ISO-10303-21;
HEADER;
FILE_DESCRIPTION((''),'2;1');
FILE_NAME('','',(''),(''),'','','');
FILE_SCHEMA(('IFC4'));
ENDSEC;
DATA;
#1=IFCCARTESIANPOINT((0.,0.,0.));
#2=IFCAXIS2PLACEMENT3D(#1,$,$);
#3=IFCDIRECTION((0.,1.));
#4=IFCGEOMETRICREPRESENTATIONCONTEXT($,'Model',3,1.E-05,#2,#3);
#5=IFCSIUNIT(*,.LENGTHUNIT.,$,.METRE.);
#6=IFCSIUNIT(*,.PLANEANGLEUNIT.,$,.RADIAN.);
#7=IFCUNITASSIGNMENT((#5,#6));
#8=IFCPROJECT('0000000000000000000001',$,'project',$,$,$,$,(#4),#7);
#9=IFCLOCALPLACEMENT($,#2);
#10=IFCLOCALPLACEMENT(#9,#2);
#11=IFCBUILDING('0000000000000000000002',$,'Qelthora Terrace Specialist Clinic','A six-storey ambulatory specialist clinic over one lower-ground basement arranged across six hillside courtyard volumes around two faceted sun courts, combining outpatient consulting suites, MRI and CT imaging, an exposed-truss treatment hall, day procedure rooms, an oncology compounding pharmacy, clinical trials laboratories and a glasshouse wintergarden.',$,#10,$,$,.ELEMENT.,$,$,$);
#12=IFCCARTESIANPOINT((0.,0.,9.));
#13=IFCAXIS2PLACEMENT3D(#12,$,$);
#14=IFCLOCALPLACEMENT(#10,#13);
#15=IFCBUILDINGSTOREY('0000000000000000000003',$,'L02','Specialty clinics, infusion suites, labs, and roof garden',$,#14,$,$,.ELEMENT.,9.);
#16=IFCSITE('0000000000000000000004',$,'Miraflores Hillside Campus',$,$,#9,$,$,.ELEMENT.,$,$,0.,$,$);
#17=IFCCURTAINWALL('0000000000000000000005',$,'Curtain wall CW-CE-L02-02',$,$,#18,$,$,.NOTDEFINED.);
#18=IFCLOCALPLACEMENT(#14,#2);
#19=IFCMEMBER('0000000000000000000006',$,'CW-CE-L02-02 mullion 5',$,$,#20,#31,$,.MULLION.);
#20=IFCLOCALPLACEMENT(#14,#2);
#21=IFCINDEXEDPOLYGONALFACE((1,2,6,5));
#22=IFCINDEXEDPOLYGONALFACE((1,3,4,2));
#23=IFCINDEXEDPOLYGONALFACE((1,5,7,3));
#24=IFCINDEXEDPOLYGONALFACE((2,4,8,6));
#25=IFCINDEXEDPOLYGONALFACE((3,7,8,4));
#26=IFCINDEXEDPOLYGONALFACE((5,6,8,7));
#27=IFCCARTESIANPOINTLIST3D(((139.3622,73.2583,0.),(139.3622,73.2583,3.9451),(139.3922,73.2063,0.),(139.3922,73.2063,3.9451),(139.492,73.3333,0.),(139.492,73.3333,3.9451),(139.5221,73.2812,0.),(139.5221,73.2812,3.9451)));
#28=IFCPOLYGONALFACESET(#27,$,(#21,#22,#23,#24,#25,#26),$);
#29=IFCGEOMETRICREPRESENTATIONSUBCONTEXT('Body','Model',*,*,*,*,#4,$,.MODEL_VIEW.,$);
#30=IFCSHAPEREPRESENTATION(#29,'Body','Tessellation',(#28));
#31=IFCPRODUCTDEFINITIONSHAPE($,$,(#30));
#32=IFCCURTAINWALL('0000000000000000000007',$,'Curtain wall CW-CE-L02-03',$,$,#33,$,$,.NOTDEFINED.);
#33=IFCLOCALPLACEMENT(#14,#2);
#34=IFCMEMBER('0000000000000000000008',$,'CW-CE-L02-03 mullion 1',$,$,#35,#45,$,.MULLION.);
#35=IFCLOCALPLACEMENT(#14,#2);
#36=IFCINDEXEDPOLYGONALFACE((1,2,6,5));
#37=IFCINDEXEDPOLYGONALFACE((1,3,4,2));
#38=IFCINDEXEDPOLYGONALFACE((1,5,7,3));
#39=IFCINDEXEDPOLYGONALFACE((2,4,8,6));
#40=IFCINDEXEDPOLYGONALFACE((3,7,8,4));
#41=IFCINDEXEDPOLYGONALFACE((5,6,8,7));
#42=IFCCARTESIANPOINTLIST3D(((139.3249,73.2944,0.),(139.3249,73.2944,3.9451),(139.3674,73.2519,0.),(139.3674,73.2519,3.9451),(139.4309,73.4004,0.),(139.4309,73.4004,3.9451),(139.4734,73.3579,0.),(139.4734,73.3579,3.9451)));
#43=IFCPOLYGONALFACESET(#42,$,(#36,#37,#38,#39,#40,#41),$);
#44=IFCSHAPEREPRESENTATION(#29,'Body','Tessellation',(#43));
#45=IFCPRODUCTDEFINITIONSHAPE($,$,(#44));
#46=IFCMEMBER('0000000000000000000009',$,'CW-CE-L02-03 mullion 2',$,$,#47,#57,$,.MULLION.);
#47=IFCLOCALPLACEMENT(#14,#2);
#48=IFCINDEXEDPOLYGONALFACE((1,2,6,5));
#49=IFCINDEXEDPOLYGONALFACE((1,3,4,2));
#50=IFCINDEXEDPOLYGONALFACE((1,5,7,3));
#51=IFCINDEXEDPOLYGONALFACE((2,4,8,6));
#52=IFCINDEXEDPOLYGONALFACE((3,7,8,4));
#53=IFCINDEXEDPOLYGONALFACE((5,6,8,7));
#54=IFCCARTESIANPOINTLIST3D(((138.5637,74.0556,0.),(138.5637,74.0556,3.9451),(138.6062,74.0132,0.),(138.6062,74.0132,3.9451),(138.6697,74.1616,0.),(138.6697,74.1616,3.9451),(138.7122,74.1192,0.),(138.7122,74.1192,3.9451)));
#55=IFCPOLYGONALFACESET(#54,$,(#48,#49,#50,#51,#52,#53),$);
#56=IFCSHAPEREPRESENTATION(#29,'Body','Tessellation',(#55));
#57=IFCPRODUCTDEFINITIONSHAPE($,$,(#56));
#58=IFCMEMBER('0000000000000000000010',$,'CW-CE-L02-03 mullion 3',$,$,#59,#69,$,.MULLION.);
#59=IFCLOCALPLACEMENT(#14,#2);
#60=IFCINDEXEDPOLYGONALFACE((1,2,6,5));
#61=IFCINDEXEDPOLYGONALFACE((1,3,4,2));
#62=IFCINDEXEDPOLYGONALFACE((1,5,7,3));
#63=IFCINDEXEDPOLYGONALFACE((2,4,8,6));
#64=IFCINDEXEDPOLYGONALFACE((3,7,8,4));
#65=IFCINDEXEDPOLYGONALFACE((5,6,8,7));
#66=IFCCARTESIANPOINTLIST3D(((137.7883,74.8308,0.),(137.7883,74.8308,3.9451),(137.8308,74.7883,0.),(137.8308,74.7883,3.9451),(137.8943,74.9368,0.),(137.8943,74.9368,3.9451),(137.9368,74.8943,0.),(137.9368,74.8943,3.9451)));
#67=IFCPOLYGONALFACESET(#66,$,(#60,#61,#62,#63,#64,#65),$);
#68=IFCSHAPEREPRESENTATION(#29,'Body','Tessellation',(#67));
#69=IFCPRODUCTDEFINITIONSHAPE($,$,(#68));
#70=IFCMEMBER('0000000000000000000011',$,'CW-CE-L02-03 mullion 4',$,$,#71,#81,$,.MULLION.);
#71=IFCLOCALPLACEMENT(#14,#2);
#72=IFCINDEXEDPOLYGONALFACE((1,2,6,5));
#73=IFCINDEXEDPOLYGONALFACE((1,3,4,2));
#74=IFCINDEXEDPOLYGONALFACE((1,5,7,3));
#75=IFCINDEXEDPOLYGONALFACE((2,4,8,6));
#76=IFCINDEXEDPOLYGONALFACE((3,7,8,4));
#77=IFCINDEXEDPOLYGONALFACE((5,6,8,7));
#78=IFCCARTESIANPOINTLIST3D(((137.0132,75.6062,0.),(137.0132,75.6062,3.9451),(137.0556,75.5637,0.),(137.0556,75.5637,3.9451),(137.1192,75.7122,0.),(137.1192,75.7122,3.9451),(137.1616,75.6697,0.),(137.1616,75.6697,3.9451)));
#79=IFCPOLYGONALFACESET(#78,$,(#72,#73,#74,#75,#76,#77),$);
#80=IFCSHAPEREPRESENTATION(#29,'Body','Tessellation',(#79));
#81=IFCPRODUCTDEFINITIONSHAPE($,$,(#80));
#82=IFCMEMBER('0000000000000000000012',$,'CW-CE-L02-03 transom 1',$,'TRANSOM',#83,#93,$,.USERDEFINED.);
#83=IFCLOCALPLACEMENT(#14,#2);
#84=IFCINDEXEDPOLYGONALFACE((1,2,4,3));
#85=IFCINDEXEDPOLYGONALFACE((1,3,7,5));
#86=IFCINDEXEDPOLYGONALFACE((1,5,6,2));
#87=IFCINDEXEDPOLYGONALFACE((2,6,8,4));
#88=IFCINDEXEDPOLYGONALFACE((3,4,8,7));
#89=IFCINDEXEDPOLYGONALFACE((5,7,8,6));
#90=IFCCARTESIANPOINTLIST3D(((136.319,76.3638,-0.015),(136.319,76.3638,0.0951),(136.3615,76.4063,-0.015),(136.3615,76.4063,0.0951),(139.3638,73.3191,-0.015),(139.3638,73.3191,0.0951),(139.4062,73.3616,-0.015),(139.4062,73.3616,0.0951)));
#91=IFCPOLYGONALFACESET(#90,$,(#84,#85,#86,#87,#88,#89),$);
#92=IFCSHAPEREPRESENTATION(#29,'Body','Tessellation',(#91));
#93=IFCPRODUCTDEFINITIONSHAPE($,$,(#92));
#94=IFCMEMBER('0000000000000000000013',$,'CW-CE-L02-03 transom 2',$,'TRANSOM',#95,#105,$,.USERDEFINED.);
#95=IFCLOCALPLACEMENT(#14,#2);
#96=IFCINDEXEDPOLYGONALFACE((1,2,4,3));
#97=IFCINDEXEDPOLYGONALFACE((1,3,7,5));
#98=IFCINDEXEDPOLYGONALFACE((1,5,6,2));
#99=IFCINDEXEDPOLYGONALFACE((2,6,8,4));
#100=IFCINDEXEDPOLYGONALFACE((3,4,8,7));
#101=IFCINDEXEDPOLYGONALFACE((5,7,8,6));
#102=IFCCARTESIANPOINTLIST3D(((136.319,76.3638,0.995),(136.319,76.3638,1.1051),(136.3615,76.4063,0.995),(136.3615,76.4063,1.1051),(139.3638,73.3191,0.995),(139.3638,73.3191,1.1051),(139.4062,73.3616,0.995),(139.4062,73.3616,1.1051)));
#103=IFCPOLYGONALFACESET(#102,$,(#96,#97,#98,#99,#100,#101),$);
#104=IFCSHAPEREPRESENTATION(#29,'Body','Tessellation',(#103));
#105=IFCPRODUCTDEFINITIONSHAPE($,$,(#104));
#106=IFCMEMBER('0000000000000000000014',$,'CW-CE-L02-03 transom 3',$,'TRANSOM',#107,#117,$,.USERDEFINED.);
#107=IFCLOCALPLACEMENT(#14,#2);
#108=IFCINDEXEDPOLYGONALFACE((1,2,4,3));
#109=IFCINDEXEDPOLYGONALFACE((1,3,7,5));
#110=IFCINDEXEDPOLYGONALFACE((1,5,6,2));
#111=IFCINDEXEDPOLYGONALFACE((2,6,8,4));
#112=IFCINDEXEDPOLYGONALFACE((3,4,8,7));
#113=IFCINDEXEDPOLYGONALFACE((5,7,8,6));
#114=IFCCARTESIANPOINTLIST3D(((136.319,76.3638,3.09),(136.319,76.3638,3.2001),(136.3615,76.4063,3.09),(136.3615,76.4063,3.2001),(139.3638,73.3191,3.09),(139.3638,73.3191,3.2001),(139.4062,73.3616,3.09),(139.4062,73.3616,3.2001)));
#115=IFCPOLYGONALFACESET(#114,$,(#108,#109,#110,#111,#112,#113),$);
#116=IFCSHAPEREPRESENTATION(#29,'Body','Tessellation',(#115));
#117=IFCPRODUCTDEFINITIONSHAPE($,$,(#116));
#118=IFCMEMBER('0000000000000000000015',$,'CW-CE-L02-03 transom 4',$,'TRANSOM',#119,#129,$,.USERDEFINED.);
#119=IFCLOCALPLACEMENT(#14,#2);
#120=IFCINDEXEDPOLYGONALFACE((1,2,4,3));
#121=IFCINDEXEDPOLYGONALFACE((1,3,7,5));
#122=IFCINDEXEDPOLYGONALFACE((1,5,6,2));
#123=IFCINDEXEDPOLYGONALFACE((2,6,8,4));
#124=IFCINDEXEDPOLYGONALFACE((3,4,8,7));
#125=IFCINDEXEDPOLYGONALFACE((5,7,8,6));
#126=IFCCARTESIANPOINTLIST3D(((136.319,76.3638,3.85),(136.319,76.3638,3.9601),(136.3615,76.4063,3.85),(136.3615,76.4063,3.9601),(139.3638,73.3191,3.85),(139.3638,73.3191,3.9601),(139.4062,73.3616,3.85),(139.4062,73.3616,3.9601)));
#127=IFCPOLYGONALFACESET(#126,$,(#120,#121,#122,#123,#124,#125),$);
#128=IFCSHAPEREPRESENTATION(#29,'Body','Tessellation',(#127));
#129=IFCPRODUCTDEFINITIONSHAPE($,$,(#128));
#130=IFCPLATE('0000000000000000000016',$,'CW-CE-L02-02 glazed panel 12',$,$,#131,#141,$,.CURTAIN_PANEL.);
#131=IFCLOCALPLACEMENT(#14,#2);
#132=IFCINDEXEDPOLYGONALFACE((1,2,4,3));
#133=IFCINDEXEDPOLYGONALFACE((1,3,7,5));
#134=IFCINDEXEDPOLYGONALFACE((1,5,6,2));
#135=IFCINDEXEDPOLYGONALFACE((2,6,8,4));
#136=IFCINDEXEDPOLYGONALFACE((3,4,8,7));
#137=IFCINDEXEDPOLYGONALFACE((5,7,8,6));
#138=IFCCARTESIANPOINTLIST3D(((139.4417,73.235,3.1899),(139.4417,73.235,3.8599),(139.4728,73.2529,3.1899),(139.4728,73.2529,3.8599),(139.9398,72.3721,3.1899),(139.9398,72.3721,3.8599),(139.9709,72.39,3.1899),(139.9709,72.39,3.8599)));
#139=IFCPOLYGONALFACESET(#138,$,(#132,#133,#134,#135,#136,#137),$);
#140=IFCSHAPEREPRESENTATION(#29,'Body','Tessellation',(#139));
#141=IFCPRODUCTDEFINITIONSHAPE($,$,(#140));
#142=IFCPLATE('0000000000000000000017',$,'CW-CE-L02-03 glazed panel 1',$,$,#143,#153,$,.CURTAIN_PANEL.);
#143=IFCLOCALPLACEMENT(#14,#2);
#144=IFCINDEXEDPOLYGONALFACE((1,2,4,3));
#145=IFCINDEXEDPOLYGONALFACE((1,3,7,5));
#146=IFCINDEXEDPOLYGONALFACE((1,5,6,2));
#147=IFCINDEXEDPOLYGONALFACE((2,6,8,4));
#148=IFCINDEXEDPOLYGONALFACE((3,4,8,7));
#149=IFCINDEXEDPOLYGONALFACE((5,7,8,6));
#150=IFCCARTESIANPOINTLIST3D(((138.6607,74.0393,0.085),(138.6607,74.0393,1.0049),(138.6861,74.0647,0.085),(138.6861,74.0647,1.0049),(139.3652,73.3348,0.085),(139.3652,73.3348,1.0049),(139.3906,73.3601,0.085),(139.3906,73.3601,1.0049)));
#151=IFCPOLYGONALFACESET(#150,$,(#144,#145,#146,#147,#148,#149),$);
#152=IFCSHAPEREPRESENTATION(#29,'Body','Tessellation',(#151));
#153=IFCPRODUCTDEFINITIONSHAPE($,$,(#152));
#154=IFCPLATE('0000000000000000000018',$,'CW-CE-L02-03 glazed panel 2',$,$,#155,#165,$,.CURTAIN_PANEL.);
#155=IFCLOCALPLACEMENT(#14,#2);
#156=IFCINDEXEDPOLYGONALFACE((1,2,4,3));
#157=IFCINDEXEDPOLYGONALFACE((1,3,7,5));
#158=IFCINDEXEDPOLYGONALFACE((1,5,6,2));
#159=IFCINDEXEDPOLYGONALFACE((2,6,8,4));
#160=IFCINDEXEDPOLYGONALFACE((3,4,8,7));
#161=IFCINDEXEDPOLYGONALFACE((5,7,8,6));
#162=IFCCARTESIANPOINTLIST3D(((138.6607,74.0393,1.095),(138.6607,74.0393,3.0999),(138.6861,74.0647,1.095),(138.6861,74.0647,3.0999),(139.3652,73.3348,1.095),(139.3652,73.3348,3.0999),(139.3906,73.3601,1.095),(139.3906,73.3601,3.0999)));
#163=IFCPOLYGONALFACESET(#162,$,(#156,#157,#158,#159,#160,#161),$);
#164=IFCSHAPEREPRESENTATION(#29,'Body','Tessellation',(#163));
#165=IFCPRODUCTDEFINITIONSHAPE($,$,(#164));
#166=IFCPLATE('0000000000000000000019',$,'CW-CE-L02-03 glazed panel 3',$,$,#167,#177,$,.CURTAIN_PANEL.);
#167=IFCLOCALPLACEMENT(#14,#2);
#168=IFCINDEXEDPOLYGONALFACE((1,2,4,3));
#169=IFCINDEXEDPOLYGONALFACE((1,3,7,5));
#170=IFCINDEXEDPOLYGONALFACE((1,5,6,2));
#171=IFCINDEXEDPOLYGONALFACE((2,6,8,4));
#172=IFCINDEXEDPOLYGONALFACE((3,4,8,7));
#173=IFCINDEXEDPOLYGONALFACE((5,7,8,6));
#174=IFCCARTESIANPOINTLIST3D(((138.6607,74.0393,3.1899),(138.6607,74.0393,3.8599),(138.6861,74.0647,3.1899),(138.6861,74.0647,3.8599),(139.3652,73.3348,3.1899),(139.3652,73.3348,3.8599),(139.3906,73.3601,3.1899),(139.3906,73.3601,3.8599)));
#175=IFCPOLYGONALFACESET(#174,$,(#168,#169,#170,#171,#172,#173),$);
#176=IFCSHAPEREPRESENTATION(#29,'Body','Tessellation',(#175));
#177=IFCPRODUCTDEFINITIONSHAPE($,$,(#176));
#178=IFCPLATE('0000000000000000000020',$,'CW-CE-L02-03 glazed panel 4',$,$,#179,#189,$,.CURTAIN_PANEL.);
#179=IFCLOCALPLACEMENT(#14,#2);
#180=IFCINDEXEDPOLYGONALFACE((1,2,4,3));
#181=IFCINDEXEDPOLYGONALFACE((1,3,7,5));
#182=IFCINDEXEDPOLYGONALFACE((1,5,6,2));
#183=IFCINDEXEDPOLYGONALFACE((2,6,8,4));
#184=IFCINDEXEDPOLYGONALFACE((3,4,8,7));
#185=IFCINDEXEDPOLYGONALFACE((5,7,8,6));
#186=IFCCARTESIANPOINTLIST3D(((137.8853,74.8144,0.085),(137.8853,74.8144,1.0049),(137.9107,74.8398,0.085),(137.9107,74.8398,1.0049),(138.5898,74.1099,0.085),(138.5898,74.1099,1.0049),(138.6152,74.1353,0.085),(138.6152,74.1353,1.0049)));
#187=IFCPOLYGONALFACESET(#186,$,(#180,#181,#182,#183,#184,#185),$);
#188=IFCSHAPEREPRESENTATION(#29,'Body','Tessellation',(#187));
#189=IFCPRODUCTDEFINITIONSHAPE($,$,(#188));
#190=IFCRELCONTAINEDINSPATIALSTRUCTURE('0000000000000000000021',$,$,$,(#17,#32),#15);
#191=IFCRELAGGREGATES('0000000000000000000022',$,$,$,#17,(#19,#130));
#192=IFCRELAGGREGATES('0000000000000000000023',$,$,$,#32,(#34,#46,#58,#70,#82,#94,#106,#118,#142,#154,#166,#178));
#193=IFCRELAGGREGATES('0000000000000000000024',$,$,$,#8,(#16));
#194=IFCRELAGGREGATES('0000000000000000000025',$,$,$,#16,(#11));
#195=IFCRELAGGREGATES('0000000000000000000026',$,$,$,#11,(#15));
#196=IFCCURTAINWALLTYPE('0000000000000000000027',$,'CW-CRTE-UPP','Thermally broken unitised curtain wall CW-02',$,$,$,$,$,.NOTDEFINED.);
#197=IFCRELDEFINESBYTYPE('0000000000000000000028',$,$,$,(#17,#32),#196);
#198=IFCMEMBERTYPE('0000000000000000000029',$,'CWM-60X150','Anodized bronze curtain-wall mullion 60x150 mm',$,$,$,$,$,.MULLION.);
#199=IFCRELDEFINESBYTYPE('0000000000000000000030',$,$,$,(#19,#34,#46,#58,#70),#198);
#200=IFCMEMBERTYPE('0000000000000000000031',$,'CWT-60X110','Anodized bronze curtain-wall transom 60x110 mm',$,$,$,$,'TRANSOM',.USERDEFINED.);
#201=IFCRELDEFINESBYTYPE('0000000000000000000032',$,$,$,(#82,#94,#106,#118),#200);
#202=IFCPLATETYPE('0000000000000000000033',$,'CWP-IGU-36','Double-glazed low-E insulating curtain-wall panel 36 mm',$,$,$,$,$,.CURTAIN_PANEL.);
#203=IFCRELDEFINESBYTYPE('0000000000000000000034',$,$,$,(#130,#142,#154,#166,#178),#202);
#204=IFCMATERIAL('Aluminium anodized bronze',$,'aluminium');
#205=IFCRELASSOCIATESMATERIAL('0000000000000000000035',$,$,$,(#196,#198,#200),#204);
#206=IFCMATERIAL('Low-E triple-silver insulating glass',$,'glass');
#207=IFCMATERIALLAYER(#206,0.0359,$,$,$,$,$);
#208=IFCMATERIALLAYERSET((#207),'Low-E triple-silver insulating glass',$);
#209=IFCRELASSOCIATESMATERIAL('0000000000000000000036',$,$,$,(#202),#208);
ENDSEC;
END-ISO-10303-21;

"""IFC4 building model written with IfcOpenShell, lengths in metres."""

from ifc_helpers import new_model, si_unit, direction, frame, origin, origin_2d, place, context, subcontext, project, spatial, rectangle, extrude, material, layer, layer_set, material_profile, profile_set, type_object, element, aggregate, save


model = new_model("IFC4")

# Units and contexts
model_context = context("Model", 3, precision=1e-05, world=origin(), true_north=direction((0.0, 1.0)))
body_context = subcontext(model_context, "Body", "Model", "MODEL_VIEW")
ifc_project = project(units=[si_unit("LENGTHUNIT", "METRE"), si_unit("PLANEANGLEUNIT", "RADIAN")], contexts=[model_context])

# Site, building, storey
site_placement = place(None, origin())
site = spatial("IfcSite", under=ifc_project, at=site_placement, Name="Miraflores Hillside Campus", CompositionType="ELEMENT", RefElevation=0.0)
building_placement = place(site_placement, origin())
building = spatial("IfcBuilding", under=site, at=building_placement, Name="Qelthora Terrace Specialist Clinic", Description="A six-storey ambulatory specialist clinic over one lower-ground basement arranged across six hillside courtyard volumes around two faceted sun courts, combining outpatient consulting suites, MRI and CT imaging, an exposed-truss treatment hall, day procedure rooms, an oncology compounding pharmacy, clinical trials laboratories and a glasshouse wintergarden.", CompositionType="ELEMENT")
storey_placement = place(building_placement, frame((0.0, 0.0, 9.0)))
storey = spatial("IfcBuildingStorey", under=building, at=storey_placement, Name="L02", Description="Specialty clinics, infusion suites, labs, and roof garden", CompositionType="ELEMENT", Elevation=9.0)

# Curtain wall, member
ifc_material_1 = material(Name="Aluminium anodized bronze", Category="aluminium")
curtain_wall_type = type_object("IfcCurtainWallType", Name="CW-CRTE-UPP", Description="Thermally broken unitised curtain wall CW-02", PredefinedType="NOTDEFINED", material=ifc_material_1)
curtain_wall_1_placement = place(storey_placement, origin())
curtain_wall_1 = element("IfcCurtainWall", 1, at=curtain_wall_1_placement, inside=storey, type_object=curtain_wall_type, Name="Curtain wall CW-CE-L02-02", PredefinedType="NOTDEFINED")
ifc_material_profile_1 = material_profile(ifc_material_1, rectangle(XDim=0.0601, YDim=0.1499, at=origin_2d()), Name="CWM60X150")
ifc_profile_set_1 = profile_set([ifc_material_profile_1], Name="Aluminium anodized bronze")
member_type_1 = type_object("IfcMemberType", Name="CWM-60X150", Description="Anodized bronze curtain-wall mullion 60x150 mm", PredefinedType="MULLION", material=ifc_profile_set_1)
member_1_placement = place(storey_placement, frame((139.4421, 73.2698, 0.0), z_axis=(0.0, 0.0, 1.0), x_axis=(-0.5, 0.866025, 0.0)))
member_1 = element("IfcMember", 2, at=member_1_placement, type_object=member_type_1, Name="CW-CE-L02-02 mullion 5", PredefinedType="MULLION", context=body_context, shape_type="SweptSolid", body=[
    extrude(rectangle(XDim=0.0601, YDim=0.1499, at=origin_2d()), origin(), (0.0, 0.0, 1.0), 3.9451),
])

# Curtain wall, members
curtain_wall_2_placement = place(storey_placement, origin())
curtain_wall_2 = element("IfcCurtainWall", 3, at=curtain_wall_2_placement, inside=storey, type_object=curtain_wall_type, Name="Curtain wall CW-CE-L02-03", PredefinedType="NOTDEFINED")
member_2_placement = place(storey_placement, frame((139.3992, 73.3262, 0.0), z_axis=(0.0, 0.0, 1.0), x_axis=(-0.707107, 0.707107, 0.0)))
member_2 = element("IfcMember", 4, at=member_2_placement, type_object=member_type_1, Name="CW-CE-L02-03 mullion 1", PredefinedType="MULLION", context=body_context, shape_type="SweptSolid", body=[
    extrude(rectangle(XDim=0.0601, YDim=0.1499, at=origin_2d()), origin(), (0.0, 0.0, 1.0), 3.9451),
])
member_3_placement = place(storey_placement, frame((138.6379, 74.0874, 0.0), z_axis=(0.0, 0.0, 1.0), x_axis=(-0.707107, 0.707107, 0.0)))
member_3 = element("IfcMember", 5, at=member_3_placement, type_object=member_type_1, Name="CW-CE-L02-03 mullion 2", PredefinedType="MULLION", context=body_context, shape_type="SweptSolid", body=[
    extrude(rectangle(XDim=0.0601, YDim=0.1499, at=origin_2d()), origin(), (0.0, 0.0, 1.0), 3.9451),
])
member_4_placement = place(storey_placement, frame((137.8625, 74.8625, 0.0), z_axis=(0.0, 0.0, 1.0), x_axis=(-0.707107, 0.707107, 0.0)))
member_4 = element("IfcMember", 6, at=member_4_placement, type_object=member_type_1, Name="CW-CE-L02-03 mullion 3", PredefinedType="MULLION", context=body_context, shape_type="SweptSolid", body=[
    extrude(rectangle(XDim=0.0601, YDim=0.1499, at=origin_2d()), origin(), (0.0, 0.0, 1.0), 3.9451),
])
member_5_placement = place(storey_placement, frame((137.0874, 75.6379, 0.0), z_axis=(0.0, 0.0, 1.0), x_axis=(-0.707107, 0.707107, 0.0)))
member_5 = element("IfcMember", 7, at=member_5_placement, type_object=member_type_1, Name="CW-CE-L02-03 mullion 4", PredefinedType="MULLION", context=body_context, shape_type="SweptSolid", body=[
    extrude(rectangle(XDim=0.0601, YDim=0.1499, at=origin_2d()), origin(), (0.0, 0.0, 1.0), 3.9451),
])
ifc_material_profile_2 = material_profile(ifc_material_1, rectangle(XDim=0.0601, YDim=0.1101, at=origin_2d()), Name="CWT60X110")
ifc_profile_set_2 = profile_set([ifc_material_profile_2], Name="Aluminium anodized bronze")
member_type_2 = type_object("IfcMemberType", Name="CWT-60X110", Description="Anodized bronze curtain-wall transom 60x110 mm", ElementType="TRANSOM", PredefinedType="USERDEFINED", material=ifc_profile_set_2)
member_6_placement = place(storey_placement, frame((139.385, 73.3403, 0.04), z_axis=(-0.707107, 0.707107, 0.0), x_axis=(-0.707107, -0.707107, 0.0)))
member_6 = element("IfcMember", 8, at=member_6_placement, type_object=member_type_2, Name="CW-CE-L02-03 transom 1", ObjectType="TRANSOM", PredefinedType="USERDEFINED", context=body_context, shape_type="SweptSolid", body=[
    extrude(rectangle(XDim=0.0601, YDim=0.1101, at=origin_2d()), origin(), (0.0, 0.0, 1.0), 4.3059),
])
member_7_placement = place(storey_placement, frame((139.385, 73.3403, 1.05), z_axis=(-0.707107, 0.707107, 0.0), x_axis=(-0.707107, -0.707107, 0.0)))
member_7 = element("IfcMember", 9, at=member_7_placement, type_object=member_type_2, Name="CW-CE-L02-03 transom 2", ObjectType="TRANSOM", PredefinedType="USERDEFINED", context=body_context, shape_type="SweptSolid", body=[
    extrude(rectangle(XDim=0.0601, YDim=0.1101, at=origin_2d()), origin(), (0.0, 0.0, 1.0), 4.3059),
])
member_8_placement = place(storey_placement, frame((139.385, 73.3403, 3.145), z_axis=(-0.707107, 0.707107, 0.0), x_axis=(-0.707107, -0.707107, 0.0)))
member_8 = element("IfcMember", 10, at=member_8_placement, type_object=member_type_2, Name="CW-CE-L02-03 transom 3", ObjectType="TRANSOM", PredefinedType="USERDEFINED", context=body_context, shape_type="SweptSolid", body=[
    extrude(rectangle(XDim=0.0601, YDim=0.1101, at=origin_2d()), origin(), (0.0, 0.0, 1.0), 4.3059),
])
member_9_placement = place(storey_placement, frame((139.385, 73.3403, 3.905), z_axis=(-0.707107, 0.707107, 0.0), x_axis=(-0.707107, -0.707107, 0.0)))
member_9 = element("IfcMember", 11, at=member_9_placement, type_object=member_type_2, Name="CW-CE-L02-03 transom 4", ObjectType="TRANSOM", PredefinedType="USERDEFINED", context=body_context, shape_type="SweptSolid", body=[
    extrude(rectangle(XDim=0.0601, YDim=0.1101, at=origin_2d()), origin(), (0.0, 0.0, 1.0), 4.3059),
])

# Plates
ifc_material_2 = material(Name="Low-E triple-silver insulating glass", Category="glass")
ifc_layer = layer(ifc_material_2, 0.0359)
ifc_layer_set = layer_set([ifc_layer], Name="Low-E triple-silver insulating glass")
plate_type = type_object("IfcPlateType", Name="CWP-IGU-36", Description="Double-glazed low-E insulating curtain-wall panel 36 mm", PredefinedType="CURTAIN_PANEL", material=ifc_layer_set)
plate_1_placement = place(storey_placement, frame((139.7063, 72.8125, 3.1899), z_axis=(0.0, 0.0, 1.0), x_axis=(-0.5, 0.866025, 0.0)))
plate_1 = element("IfcPlate", 12, at=plate_1_placement, type_object=plate_type, Name="CW-CE-L02-02 glazed panel 12", PredefinedType="CURTAIN_PANEL", context=body_context, shape_type="SweptSolid", body=[
    extrude(rectangle(XDim=0.9963, YDim=0.0359, at=origin_2d()), origin(), (0.0, 0.0, 1.0), 0.6699),
])
aggregate(curtain_wall_1, [member_1, plate_1])
plate_2_placement = place(storey_placement, frame((139.0256, 73.6997, 0.085), z_axis=(0.0, 0.0, 1.0), x_axis=(-0.707107, 0.707107, 0.0)))
plate_2 = element("IfcPlate", 13, at=plate_2_placement, type_object=plate_type, Name="CW-CE-L02-03 glazed panel 1", PredefinedType="CURTAIN_PANEL", context=body_context, shape_type="SweptSolid", body=[
    extrude(rectangle(XDim=0.9963, YDim=0.0359, at=origin_2d()), origin(), (0.0, 0.0, 1.0), 0.9199),
])
plate_3_placement = place(storey_placement, frame((139.0256, 73.6997, 1.095), z_axis=(0.0, 0.0, 1.0), x_axis=(-0.707107, 0.707107, 0.0)))
plate_3 = element("IfcPlate", 14, at=plate_3_placement, type_object=plate_type, Name="CW-CE-L02-03 glazed panel 2", PredefinedType="CURTAIN_PANEL", context=body_context, shape_type="SweptSolid", body=[
    extrude(rectangle(XDim=0.9963, YDim=0.0359, at=origin_2d()), origin(), (0.0, 0.0, 1.0), 2.0049),
])
plate_4_placement = place(storey_placement, frame((139.0256, 73.6997, 3.1899), z_axis=(0.0, 0.0, 1.0), x_axis=(-0.707107, 0.707107, 0.0)))
plate_4 = element("IfcPlate", 15, at=plate_4_placement, type_object=plate_type, Name="CW-CE-L02-03 glazed panel 3", PredefinedType="CURTAIN_PANEL", context=body_context, shape_type="SweptSolid", body=[
    extrude(rectangle(XDim=0.9963, YDim=0.0359, at=origin_2d()), origin(), (0.0, 0.0, 1.0), 0.6699),
])
plate_5_placement = place(storey_placement, frame((138.2502, 74.4749, 0.085), z_axis=(0.0, 0.0, 1.0), x_axis=(-0.707107, 0.707107, 0.0)))
plate_5 = element("IfcPlate", 16, at=plate_5_placement, type_object=plate_type, Name="CW-CE-L02-03 glazed panel 4", PredefinedType="CURTAIN_PANEL", context=body_context, shape_type="SweptSolid", body=[
    extrude(rectangle(XDim=0.9963, YDim=0.0359, at=origin_2d()), origin(), (0.0, 0.0, 1.0), 0.9199),
])
aggregate(curtain_wall_2, [member_2, member_3, member_4, member_5, member_6, member_7, member_8, member_9, plate_2, plate_3, plate_4, plate_5])

save(model, "model.ifc")
